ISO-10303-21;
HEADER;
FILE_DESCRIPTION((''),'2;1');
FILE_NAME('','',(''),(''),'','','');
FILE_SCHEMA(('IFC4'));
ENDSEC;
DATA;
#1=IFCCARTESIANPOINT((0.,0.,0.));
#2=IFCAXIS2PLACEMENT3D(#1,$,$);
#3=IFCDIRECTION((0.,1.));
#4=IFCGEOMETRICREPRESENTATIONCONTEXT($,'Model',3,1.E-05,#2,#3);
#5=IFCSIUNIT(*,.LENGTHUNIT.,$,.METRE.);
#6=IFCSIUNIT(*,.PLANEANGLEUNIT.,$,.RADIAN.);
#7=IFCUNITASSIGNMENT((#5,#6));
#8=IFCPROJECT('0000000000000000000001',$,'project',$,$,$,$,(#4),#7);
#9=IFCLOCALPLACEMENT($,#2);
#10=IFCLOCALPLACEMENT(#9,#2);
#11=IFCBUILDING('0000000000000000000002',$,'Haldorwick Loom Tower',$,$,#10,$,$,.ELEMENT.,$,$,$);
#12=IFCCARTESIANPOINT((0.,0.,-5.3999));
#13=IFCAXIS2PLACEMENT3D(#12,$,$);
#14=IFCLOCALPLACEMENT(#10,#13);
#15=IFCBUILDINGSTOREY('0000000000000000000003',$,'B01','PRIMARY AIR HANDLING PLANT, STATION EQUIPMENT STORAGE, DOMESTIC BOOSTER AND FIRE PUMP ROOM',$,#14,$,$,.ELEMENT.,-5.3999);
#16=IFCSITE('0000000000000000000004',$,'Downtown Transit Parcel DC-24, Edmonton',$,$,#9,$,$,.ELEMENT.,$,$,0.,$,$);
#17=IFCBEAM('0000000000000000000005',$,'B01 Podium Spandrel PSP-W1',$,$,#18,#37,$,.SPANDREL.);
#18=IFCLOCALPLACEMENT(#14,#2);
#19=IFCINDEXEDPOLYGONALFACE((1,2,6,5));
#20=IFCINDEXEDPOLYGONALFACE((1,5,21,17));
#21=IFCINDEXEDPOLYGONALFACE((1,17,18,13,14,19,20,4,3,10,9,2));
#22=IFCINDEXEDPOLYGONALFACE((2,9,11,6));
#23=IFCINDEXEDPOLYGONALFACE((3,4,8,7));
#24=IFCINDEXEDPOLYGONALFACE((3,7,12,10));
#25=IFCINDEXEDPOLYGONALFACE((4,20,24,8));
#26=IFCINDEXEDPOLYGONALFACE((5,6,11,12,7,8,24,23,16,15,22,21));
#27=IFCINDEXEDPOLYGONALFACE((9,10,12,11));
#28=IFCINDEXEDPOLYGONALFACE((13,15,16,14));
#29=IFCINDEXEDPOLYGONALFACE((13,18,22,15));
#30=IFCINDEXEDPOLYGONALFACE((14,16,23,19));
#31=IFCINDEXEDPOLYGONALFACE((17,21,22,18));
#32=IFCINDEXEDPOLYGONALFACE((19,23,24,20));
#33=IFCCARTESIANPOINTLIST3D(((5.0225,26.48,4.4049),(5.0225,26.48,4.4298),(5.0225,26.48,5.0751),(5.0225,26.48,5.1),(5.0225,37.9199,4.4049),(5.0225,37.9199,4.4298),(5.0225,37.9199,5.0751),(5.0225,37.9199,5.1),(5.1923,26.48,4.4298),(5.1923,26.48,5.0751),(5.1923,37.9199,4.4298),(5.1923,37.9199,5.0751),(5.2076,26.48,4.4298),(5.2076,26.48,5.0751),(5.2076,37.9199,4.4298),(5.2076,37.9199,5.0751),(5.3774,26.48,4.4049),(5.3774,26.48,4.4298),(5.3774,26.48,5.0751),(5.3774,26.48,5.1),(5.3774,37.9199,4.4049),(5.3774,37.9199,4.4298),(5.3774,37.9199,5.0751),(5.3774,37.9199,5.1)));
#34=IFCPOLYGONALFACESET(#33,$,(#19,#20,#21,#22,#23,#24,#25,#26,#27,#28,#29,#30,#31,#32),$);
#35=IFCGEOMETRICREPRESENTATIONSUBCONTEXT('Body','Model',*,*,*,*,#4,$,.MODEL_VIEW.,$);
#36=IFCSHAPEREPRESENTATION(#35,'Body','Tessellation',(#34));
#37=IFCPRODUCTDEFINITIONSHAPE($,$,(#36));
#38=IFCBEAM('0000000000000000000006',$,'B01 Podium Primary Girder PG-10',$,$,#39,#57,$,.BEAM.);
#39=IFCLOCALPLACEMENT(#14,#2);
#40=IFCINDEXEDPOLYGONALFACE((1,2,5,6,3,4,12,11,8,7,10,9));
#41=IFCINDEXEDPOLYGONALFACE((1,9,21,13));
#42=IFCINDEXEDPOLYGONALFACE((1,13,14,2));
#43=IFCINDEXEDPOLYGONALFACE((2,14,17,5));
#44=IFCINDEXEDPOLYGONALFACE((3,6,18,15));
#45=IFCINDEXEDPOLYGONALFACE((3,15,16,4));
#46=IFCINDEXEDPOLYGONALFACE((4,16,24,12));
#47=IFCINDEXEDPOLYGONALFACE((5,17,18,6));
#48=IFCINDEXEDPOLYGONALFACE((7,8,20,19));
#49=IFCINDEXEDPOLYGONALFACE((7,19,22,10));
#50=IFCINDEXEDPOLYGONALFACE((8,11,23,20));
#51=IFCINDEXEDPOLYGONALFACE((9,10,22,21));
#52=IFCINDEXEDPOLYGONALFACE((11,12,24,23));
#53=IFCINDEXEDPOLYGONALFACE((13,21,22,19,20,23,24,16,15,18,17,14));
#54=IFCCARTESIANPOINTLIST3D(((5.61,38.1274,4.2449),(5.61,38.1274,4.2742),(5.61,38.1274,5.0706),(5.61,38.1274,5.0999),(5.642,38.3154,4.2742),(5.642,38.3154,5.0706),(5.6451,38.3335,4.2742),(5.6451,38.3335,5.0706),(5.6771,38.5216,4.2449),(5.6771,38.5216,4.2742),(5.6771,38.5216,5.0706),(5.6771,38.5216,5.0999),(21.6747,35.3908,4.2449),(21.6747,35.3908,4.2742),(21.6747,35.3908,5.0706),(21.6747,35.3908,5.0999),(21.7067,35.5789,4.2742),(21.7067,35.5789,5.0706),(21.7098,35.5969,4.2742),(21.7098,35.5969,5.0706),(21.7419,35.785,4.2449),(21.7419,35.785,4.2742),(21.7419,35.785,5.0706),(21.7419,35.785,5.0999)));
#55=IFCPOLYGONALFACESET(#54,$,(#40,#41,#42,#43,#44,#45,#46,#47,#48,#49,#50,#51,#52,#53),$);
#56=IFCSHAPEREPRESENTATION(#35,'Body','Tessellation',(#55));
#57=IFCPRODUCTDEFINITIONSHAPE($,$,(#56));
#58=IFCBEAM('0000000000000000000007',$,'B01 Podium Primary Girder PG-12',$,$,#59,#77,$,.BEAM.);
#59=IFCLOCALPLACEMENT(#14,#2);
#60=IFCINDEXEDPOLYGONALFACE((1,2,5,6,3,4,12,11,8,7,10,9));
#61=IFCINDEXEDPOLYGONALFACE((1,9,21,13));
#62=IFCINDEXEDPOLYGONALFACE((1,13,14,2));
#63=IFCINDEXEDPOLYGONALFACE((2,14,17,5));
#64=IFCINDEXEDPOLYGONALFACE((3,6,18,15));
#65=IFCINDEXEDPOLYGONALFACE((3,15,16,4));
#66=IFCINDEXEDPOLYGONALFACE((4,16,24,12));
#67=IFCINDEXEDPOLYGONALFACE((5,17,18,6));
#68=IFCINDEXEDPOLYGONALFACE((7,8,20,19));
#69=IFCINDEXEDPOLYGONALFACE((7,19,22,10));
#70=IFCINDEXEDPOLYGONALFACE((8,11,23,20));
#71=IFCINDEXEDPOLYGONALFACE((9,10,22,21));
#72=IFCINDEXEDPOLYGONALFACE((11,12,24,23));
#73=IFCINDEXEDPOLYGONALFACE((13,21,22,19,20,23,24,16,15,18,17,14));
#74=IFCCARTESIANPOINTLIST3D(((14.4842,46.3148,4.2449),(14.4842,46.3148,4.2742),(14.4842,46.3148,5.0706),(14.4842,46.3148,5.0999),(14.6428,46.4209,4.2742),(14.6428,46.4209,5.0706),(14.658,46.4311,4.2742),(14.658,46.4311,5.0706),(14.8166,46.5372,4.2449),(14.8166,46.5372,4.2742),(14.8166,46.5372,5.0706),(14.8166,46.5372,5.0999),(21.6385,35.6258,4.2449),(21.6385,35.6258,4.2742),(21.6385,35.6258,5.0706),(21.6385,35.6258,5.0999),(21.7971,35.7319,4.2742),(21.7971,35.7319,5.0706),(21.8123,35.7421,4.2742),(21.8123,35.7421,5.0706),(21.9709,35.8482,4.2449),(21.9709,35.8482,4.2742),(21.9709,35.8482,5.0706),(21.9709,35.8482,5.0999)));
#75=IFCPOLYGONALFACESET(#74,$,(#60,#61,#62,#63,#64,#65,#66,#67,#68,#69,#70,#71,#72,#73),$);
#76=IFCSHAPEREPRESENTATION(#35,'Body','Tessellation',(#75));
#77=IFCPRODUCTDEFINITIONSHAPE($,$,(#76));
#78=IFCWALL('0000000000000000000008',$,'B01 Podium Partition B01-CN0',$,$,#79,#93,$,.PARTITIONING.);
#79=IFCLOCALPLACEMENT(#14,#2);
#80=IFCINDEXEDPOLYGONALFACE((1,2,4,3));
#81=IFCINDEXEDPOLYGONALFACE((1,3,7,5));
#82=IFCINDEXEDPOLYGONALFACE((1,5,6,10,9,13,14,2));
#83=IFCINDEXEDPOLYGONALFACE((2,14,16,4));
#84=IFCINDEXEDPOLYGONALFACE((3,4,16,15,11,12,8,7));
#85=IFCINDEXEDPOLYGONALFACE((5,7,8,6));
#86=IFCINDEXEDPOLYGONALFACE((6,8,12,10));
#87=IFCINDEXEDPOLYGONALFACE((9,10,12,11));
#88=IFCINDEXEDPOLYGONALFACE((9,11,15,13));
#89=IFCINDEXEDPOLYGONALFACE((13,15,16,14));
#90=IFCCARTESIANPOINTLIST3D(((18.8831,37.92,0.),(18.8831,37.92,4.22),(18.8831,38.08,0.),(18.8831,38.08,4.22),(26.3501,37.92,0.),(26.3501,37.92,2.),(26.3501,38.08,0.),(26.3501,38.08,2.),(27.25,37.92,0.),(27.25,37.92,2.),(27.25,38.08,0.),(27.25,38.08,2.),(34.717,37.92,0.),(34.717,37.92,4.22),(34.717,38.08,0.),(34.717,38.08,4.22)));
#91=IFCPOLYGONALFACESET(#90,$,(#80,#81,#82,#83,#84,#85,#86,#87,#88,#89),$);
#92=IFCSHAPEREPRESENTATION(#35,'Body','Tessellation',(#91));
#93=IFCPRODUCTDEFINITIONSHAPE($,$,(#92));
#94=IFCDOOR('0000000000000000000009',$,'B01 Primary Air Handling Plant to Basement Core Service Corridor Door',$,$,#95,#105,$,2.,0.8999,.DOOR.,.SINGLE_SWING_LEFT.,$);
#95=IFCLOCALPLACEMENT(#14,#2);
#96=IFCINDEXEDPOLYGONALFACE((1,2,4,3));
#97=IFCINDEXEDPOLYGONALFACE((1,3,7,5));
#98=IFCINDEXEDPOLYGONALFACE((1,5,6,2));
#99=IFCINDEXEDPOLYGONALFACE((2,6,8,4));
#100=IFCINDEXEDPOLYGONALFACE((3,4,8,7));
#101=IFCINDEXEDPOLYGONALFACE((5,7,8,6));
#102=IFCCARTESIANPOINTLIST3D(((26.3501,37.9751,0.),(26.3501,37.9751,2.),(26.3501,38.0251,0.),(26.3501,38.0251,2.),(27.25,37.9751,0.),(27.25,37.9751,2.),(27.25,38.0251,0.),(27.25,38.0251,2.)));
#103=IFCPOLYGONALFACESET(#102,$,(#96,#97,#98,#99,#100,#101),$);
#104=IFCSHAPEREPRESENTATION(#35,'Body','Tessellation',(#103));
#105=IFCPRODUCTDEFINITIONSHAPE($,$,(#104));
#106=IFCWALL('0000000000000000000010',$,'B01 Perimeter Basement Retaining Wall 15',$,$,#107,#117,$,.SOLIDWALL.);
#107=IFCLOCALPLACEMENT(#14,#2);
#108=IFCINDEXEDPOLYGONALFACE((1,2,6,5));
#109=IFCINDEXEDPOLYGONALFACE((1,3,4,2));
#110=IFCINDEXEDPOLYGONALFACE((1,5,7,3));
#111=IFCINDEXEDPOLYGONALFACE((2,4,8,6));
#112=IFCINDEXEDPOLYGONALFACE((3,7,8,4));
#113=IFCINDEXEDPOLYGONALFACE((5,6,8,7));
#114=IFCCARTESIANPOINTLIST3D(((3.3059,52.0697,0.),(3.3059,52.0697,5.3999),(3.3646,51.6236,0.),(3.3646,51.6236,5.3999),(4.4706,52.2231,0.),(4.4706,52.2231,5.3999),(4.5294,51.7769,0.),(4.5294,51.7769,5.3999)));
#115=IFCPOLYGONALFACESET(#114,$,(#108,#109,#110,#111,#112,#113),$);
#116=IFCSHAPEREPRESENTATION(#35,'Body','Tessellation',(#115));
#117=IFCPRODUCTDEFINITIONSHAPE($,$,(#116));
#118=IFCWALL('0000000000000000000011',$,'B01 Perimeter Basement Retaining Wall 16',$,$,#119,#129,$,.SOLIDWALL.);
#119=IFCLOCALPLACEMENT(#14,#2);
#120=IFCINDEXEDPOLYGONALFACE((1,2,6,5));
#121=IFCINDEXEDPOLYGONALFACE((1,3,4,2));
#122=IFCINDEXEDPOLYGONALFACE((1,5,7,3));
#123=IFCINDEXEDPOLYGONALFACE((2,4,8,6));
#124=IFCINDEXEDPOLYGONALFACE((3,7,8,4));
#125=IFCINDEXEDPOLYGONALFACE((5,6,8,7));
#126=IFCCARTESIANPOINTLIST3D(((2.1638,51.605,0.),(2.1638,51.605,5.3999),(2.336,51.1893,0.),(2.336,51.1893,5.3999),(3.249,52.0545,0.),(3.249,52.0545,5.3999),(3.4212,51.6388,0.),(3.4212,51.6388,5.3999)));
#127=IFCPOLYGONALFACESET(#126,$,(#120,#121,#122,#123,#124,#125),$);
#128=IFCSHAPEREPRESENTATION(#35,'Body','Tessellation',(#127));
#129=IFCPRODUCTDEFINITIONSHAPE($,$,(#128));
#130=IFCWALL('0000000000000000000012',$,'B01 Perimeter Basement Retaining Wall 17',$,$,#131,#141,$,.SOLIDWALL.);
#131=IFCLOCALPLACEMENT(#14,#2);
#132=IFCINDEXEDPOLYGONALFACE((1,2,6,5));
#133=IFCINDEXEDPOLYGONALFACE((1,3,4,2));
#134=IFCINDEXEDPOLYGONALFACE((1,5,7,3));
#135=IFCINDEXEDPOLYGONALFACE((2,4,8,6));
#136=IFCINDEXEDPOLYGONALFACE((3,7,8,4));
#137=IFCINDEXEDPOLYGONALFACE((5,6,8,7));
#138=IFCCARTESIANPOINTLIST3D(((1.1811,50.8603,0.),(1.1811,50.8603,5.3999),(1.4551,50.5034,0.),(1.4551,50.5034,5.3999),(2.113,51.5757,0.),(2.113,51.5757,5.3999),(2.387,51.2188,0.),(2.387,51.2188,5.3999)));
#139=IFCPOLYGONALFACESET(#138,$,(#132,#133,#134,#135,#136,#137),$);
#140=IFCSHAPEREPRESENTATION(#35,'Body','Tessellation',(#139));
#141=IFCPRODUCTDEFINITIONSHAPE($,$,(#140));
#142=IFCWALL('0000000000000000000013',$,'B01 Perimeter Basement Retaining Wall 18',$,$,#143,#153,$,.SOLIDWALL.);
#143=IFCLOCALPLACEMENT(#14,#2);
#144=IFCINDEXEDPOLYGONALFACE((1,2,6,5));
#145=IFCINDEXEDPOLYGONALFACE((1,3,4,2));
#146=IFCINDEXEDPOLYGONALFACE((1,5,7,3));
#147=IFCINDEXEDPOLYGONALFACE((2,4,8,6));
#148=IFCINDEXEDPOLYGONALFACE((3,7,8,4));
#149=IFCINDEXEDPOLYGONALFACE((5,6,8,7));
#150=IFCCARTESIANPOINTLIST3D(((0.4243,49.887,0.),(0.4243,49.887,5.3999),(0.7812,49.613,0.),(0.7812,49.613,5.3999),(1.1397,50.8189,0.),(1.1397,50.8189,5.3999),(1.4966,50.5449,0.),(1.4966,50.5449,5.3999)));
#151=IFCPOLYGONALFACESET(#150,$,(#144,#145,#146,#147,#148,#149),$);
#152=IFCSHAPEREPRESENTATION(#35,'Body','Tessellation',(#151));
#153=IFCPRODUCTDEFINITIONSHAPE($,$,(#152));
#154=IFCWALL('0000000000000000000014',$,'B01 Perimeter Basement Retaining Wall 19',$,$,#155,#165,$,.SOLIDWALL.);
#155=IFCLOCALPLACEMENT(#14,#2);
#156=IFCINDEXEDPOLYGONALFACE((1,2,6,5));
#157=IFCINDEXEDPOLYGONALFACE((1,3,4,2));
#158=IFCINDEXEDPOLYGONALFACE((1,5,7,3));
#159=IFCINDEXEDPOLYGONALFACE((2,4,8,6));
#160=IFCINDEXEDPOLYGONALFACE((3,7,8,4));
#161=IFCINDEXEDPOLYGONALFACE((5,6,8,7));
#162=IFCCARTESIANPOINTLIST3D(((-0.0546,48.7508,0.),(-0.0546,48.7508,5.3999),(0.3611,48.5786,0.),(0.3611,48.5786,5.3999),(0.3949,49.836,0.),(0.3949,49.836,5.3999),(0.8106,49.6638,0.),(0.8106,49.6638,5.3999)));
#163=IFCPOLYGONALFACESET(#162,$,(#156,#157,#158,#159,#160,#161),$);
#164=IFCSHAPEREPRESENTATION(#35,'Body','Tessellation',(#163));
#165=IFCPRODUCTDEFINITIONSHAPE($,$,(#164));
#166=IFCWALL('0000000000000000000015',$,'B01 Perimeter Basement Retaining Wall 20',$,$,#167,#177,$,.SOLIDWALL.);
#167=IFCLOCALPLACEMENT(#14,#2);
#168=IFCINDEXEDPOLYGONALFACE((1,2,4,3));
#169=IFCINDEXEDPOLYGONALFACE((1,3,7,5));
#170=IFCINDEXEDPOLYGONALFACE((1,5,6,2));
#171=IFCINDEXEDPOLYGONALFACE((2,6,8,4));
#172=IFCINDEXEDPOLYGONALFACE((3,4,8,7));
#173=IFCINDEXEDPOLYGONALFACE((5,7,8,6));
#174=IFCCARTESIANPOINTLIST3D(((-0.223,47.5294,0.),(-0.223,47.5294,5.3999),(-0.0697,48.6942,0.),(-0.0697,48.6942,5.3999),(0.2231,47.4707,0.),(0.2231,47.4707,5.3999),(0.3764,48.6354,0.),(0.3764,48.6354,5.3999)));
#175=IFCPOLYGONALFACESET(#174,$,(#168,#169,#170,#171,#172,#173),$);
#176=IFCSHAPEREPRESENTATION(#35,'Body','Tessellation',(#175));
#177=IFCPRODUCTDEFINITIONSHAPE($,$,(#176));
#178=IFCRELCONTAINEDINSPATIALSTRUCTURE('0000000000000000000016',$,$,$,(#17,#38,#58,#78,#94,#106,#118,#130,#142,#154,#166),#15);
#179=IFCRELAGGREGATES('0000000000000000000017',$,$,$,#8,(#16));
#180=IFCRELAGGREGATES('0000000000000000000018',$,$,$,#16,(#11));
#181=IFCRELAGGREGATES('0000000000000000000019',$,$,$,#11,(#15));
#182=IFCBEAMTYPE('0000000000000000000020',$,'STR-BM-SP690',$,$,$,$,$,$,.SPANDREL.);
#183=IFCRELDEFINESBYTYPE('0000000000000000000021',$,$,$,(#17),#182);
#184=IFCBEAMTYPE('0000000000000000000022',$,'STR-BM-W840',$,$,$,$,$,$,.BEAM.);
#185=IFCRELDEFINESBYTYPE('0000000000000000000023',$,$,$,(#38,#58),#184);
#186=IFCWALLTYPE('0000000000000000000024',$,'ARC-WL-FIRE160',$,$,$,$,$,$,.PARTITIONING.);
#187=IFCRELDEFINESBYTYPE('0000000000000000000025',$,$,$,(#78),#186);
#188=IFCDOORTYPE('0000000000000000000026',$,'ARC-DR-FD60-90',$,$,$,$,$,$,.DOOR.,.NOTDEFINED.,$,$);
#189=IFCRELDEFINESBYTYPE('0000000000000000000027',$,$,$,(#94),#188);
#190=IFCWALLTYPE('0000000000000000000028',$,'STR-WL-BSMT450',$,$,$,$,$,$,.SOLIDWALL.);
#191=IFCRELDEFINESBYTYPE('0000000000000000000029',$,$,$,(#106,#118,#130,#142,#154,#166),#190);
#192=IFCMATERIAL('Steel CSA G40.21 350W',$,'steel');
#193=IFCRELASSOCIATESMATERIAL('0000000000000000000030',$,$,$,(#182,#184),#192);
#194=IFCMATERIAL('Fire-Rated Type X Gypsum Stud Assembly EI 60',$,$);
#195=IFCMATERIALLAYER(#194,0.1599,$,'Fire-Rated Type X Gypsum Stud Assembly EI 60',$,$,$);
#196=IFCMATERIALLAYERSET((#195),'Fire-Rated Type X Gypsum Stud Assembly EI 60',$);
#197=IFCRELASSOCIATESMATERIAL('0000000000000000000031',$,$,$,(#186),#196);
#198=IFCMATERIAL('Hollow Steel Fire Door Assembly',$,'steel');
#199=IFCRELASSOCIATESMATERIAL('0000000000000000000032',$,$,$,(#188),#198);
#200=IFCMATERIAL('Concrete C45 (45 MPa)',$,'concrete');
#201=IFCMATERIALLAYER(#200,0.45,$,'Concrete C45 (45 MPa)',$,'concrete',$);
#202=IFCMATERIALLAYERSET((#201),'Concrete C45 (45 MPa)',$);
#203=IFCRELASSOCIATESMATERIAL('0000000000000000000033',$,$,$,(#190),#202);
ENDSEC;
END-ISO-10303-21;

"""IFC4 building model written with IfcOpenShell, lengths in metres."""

from ifc_helpers import new_model, si_unit, direction, frame, frame_2d, origin, origin_2d, place, context, subcontext, project, spatial, rectangle, i_section, extrude, material, layer, layer_set, material_profile, profile_set, type_object, element, fill, save


model = new_model("IFC4")

# Units and contexts
model_context = context("Model", 3, precision=1e-05, world=origin(), true_north=direction((0.0, 1.0)))
body_context = subcontext(model_context, "Body", "Model", "MODEL_VIEW")
ifc_project = project(units=[si_unit("LENGTHUNIT", "METRE"), si_unit("PLANEANGLEUNIT", "RADIAN")], contexts=[model_context])

# Site, building, storey
site_placement = place(None, origin())
site = spatial("IfcSite", under=ifc_project, at=site_placement, Name="Downtown Transit Parcel DC-24, Edmonton", CompositionType="ELEMENT", RefElevation=0.0)
building_placement = place(site_placement, origin())
building = spatial("IfcBuilding", under=site, at=building_placement, Name="Haldorwick Loom Tower", CompositionType="ELEMENT")
storey_placement = place(building_placement, frame((0.0, 0.0, -5.3999)))
storey = spatial("IfcBuildingStorey", under=building, at=storey_placement, Name="B01", Description="PRIMARY AIR HANDLING PLANT, STATION EQUIPMENT STORAGE, DOMESTIC BOOSTER AND FIRE PUMP ROOM", CompositionType="ELEMENT", Elevation=-5.3999)

# Shared definitions
ifc_material_1 = material(Name="Concrete C45 (45 MPa)", Category="concrete")

# Beams
ifc_material_2 = material(Name="Steel CSA G40.21 350W", Category="steel")
ifc_material_profile_1 = material_profile(ifc_material_2, i_section(OverallWidth=0.355, OverallDepth=0.6951, WebThickness=0.0154, FlangeThickness=0.0249, at=origin_2d()), Name="W690X217", Category="steel")
ifc_profile_set_1 = profile_set([ifc_material_profile_1], Name="Steel CSA G40.21 350W")
beam_type_1 = type_object("IfcBeamType", Name="STR-BM-SP690", PredefinedType="SPANDREL", material=ifc_profile_set_1)
beam_1_placement = place(storey_placement, frame((5.2, 37.9199, 4.7524), z_axis=(0.0, -1.0, 0.0), x_axis=(1.0, 0.0, 0.0)))
element("IfcBeam", 1, at=beam_1_placement, inside=storey, type_object=beam_type_1, Name="B01 Podium Spandrel PSP-W1", PredefinedType="SPANDREL", context=body_context, shape_type="SweptSolid", body=[
    extrude(i_section(OverallWidth=0.355, OverallDepth=0.6951, WebThickness=0.0154, FlangeThickness=0.0249, at=origin_2d()), origin(), (0.0, 0.0, 1.0), 11.4399),
])
ifc_material_profile_2 = material_profile(ifc_material_2, i_section(OverallWidth=0.3999, OverallDepth=0.855, WebThickness=0.0183, FlangeThickness=0.0293, at=origin_2d()), Name="W840X299", Category="steel")
ifc_profile_set_2 = profile_set([ifc_material_profile_2], Name="Steel CSA G40.21 350W")
beam_type_2 = type_object("IfcBeamType", Name="STR-BM-W840", PredefinedType="BEAM", material=ifc_profile_set_2)
beam_2_placement = place(storey_placement, frame((5.6436, 38.3245, 4.6724), z_axis=(0.985799, -0.167928, 0.0), x_axis=(0.167928, 0.985799, 0.0)))
element("IfcBeam", 2, at=beam_2_placement, inside=storey, type_object=beam_type_2, Name="B01 Podium Primary Girder PG-10", PredefinedType="BEAM", context=body_context, shape_type="SweptSolid", body=[
    extrude(i_section(OverallWidth=0.3999, OverallDepth=0.855, WebThickness=0.0183, FlangeThickness=0.0293, at=origin_2d()), origin(), (0.0, 0.0, 1.0), 16.2961),
])
beam_3_placement = place(storey_placement, frame((14.6504, 46.426, 4.6724), z_axis=(0.556224, -0.831033, 0.0), x_axis=(0.831033, 0.556224, 0.0)))
element("IfcBeam", 3, at=beam_3_placement, inside=storey, type_object=beam_type_2, Name="B01 Podium Primary Girder PG-12", PredefinedType="BEAM", context=body_context, shape_type="SweptSolid", body=[
    extrude(i_section(OverallWidth=0.3999, OverallDepth=0.855, WebThickness=0.0183, FlangeThickness=0.0293, at=origin_2d()), origin(), (0.0, 0.0, 1.0), 12.8623),
])

# Wall, opening, door
ifc_material_3 = material(Name="Fire-Rated Type X Gypsum Stud Assembly EI 60")
ifc_layer_1 = layer(ifc_material_3, 0.1599, Name="Fire-Rated Type X Gypsum Stud Assembly EI 60")
ifc_layer_set_1 = layer_set([ifc_layer_1], Name="Fire-Rated Type X Gypsum Stud Assembly EI 60")
wall_type_1 = type_object("IfcWallType", Name="ARC-WL-FIRE160", PredefinedType="PARTITIONING", material=ifc_layer_set_1)
wall_1_placement = place(storey_placement, frame((18.8831, 38.0, 0.0), z_axis=(0.0, 0.0, 1.0), x_axis=(1.0, 0.0, 0.0)))
wall_1 = element("IfcWall", 4, at=wall_1_placement, inside=storey, type_object=wall_type_1, Name="B01 Podium Partition B01-CN0", PredefinedType="PARTITIONING", context=body_context, shape_type="SweptSolid", body=[
    extrude(rectangle(XDim=15.834, YDim=0.1599, at=frame_2d((7.917, 0.0))), origin(), (0.0, 0.0, 1.0), 4.22),
])
opening_placement = place(wall_1_placement, frame((7.467, 0.0, 0.0)))
opening = element("IfcOpeningElement", 5, at=opening_placement, cuts=wall_1, PredefinedType="OPENING", context=body_context, shape_type="SweptSolid", body=[
    extrude(rectangle(XDim=0.8999, YDim=2.0, at=frame_2d((0.45, 1.0))), frame((0.0, 0.0898, 0.0), z_axis=(0.0, -1.0, 0.0), x_axis=(1.0, 0.0, 0.0)), (0.0, 0.0, 1.0), 0.1799),
])
ifc_material_4 = material(Name="Hollow Steel Fire Door Assembly", Category="steel")
door_type = type_object("IfcDoorType", Name="ARC-DR-FD60-90", OperationType="NOTDEFINED", PredefinedType="DOOR", material=ifc_material_4)
door_placement = place(opening_placement, frame((0.8999, 0.0, 0.0), z_axis=(0.0, 0.0, 1.0), x_axis=(-1.0, 0.0, 0.0)))
door = element("IfcDoor", 6, at=door_placement, inside=storey, type_object=door_type, Name="B01 Primary Air Handling Plant to Basement Core Service Corridor Door", OperationType="SINGLE_SWING_LEFT", OverallHeight=2.0, OverallWidth=0.8999, PredefinedType="DOOR", context=body_context, shape_type="SweptSolid", body=[
    extrude(rectangle(XDim=0.8999, YDim=2.0, at=frame_2d((0.45, 1.0))), frame((0.0, 0.0249, 0.0), z_axis=(0.0, -1.0, 0.0), x_axis=(1.0, 0.0, 0.0)), (0.0, 0.0, 1.0), 0.05),
])
fill(opening, door)

# Walls
ifc_layer_2 = layer(ifc_material_1, 0.45, Name="Concrete C45 (45 MPa)", Category="concrete")
ifc_layer_set_2 = layer_set([ifc_layer_2], Name="Concrete C45 (45 MPa)")
wall_type_2 = type_object("IfcWallType", Name="STR-WL-BSMT450", PredefinedType="SOLIDWALL", material=ifc_layer_set_2)
wall_2_placement = place(storey_placement, frame((4.5, 52.0, 0.0), z_axis=(0.0, 0.0, 1.0), x_axis=(-0.991448, -0.130503, 0.0)))
element("IfcWall", 7, at=wall_2_placement, inside=storey, type_object=wall_type_2, Name="B01 Perimeter Basement Retaining Wall 15", PredefinedType="SOLIDWALL", context=body_context, shape_type="SweptSolid", body=[
    extrude(rectangle(XDim=1.1748, YDim=0.45, at=frame_2d((0.5874, 0.0))), origin(), (0.0, 0.0, 1.0), 5.3999),
])
wall_3_placement = place(storey_placement, frame((3.3352, 51.8467, 0.0), z_axis=(0.0, 0.0, 1.0), x_axis=(-0.923893, -0.382652, 0.0)))
element("IfcWall", 8, at=wall_3_placement, inside=storey, type_object=wall_type_2, Name="B01 Perimeter Basement Retaining Wall 16", PredefinedType="SOLIDWALL", context=body_context, shape_type="SweptSolid", body=[
    extrude(rectangle(XDim=1.1746, YDim=0.45, at=frame_2d((0.5874, 0.0))), origin(), (0.0, 0.0, 1.0), 5.3999),
])
for number, where, z_axis, x_axis, name in (
    (9, (2.25, 51.3972, 0.0), (0.0, 0.0, 1.0), (-0.793242, -0.608907, 0.0), "B01 Perimeter Basement Retaining Wall 17"),
    (10, (1.3181, 50.6819, 0.0), (0.0, 0.0, 1.0), (-0.608907, -0.793242, 0.0), "B01 Perimeter Basement Retaining Wall 18"),
):
    element("IfcWall", number, at=place(storey_placement, frame(where, z_axis=z_axis, x_axis=x_axis)), inside=storey, type_object=wall_type_2, Name=name, PredefinedType="SOLIDWALL", context=body_context, shape_type="SweptSolid", body=[
        extrude(rectangle(XDim=1.1748, YDim=0.45, at=frame_2d((0.5874, 0.0))), origin(), (0.0, 0.0, 1.0), 5.3999),
    ])
wall_4_placement = place(storey_placement, frame((0.6028, 49.75, 0.0), z_axis=(0.0, 0.0, 1.0), x_axis=(-0.382652, -0.923893, 0.0)))
element("IfcWall", 11, at=wall_4_placement, inside=storey, type_object=wall_type_2, Name="B01 Perimeter Basement Retaining Wall 19", PredefinedType="SOLIDWALL", context=body_context, shape_type="SweptSolid", body=[
    extrude(rectangle(XDim=1.1746, YDim=0.45, at=frame_2d((0.5874, 0.0))), origin(), (0.0, 0.0, 1.0), 5.3999),
])
wall_5_placement = place(storey_placement, frame((0.1533, 48.6648, 0.0), z_axis=(0.0, 0.0, 1.0), x_axis=(-0.130503, -0.991448, 0.0)))
element("IfcWall", 12, at=wall_5_placement, inside=storey, type_object=wall_type_2, Name="B01 Perimeter Basement Retaining Wall 20", PredefinedType="SOLIDWALL", context=body_context, shape_type="SweptSolid", body=[
    extrude(rectangle(XDim=1.1748, YDim=0.45, at=frame_2d((0.5874, 0.0))), origin(), (0.0, 0.0, 1.0), 5.3999),
])

save(model, "model.ifc")
